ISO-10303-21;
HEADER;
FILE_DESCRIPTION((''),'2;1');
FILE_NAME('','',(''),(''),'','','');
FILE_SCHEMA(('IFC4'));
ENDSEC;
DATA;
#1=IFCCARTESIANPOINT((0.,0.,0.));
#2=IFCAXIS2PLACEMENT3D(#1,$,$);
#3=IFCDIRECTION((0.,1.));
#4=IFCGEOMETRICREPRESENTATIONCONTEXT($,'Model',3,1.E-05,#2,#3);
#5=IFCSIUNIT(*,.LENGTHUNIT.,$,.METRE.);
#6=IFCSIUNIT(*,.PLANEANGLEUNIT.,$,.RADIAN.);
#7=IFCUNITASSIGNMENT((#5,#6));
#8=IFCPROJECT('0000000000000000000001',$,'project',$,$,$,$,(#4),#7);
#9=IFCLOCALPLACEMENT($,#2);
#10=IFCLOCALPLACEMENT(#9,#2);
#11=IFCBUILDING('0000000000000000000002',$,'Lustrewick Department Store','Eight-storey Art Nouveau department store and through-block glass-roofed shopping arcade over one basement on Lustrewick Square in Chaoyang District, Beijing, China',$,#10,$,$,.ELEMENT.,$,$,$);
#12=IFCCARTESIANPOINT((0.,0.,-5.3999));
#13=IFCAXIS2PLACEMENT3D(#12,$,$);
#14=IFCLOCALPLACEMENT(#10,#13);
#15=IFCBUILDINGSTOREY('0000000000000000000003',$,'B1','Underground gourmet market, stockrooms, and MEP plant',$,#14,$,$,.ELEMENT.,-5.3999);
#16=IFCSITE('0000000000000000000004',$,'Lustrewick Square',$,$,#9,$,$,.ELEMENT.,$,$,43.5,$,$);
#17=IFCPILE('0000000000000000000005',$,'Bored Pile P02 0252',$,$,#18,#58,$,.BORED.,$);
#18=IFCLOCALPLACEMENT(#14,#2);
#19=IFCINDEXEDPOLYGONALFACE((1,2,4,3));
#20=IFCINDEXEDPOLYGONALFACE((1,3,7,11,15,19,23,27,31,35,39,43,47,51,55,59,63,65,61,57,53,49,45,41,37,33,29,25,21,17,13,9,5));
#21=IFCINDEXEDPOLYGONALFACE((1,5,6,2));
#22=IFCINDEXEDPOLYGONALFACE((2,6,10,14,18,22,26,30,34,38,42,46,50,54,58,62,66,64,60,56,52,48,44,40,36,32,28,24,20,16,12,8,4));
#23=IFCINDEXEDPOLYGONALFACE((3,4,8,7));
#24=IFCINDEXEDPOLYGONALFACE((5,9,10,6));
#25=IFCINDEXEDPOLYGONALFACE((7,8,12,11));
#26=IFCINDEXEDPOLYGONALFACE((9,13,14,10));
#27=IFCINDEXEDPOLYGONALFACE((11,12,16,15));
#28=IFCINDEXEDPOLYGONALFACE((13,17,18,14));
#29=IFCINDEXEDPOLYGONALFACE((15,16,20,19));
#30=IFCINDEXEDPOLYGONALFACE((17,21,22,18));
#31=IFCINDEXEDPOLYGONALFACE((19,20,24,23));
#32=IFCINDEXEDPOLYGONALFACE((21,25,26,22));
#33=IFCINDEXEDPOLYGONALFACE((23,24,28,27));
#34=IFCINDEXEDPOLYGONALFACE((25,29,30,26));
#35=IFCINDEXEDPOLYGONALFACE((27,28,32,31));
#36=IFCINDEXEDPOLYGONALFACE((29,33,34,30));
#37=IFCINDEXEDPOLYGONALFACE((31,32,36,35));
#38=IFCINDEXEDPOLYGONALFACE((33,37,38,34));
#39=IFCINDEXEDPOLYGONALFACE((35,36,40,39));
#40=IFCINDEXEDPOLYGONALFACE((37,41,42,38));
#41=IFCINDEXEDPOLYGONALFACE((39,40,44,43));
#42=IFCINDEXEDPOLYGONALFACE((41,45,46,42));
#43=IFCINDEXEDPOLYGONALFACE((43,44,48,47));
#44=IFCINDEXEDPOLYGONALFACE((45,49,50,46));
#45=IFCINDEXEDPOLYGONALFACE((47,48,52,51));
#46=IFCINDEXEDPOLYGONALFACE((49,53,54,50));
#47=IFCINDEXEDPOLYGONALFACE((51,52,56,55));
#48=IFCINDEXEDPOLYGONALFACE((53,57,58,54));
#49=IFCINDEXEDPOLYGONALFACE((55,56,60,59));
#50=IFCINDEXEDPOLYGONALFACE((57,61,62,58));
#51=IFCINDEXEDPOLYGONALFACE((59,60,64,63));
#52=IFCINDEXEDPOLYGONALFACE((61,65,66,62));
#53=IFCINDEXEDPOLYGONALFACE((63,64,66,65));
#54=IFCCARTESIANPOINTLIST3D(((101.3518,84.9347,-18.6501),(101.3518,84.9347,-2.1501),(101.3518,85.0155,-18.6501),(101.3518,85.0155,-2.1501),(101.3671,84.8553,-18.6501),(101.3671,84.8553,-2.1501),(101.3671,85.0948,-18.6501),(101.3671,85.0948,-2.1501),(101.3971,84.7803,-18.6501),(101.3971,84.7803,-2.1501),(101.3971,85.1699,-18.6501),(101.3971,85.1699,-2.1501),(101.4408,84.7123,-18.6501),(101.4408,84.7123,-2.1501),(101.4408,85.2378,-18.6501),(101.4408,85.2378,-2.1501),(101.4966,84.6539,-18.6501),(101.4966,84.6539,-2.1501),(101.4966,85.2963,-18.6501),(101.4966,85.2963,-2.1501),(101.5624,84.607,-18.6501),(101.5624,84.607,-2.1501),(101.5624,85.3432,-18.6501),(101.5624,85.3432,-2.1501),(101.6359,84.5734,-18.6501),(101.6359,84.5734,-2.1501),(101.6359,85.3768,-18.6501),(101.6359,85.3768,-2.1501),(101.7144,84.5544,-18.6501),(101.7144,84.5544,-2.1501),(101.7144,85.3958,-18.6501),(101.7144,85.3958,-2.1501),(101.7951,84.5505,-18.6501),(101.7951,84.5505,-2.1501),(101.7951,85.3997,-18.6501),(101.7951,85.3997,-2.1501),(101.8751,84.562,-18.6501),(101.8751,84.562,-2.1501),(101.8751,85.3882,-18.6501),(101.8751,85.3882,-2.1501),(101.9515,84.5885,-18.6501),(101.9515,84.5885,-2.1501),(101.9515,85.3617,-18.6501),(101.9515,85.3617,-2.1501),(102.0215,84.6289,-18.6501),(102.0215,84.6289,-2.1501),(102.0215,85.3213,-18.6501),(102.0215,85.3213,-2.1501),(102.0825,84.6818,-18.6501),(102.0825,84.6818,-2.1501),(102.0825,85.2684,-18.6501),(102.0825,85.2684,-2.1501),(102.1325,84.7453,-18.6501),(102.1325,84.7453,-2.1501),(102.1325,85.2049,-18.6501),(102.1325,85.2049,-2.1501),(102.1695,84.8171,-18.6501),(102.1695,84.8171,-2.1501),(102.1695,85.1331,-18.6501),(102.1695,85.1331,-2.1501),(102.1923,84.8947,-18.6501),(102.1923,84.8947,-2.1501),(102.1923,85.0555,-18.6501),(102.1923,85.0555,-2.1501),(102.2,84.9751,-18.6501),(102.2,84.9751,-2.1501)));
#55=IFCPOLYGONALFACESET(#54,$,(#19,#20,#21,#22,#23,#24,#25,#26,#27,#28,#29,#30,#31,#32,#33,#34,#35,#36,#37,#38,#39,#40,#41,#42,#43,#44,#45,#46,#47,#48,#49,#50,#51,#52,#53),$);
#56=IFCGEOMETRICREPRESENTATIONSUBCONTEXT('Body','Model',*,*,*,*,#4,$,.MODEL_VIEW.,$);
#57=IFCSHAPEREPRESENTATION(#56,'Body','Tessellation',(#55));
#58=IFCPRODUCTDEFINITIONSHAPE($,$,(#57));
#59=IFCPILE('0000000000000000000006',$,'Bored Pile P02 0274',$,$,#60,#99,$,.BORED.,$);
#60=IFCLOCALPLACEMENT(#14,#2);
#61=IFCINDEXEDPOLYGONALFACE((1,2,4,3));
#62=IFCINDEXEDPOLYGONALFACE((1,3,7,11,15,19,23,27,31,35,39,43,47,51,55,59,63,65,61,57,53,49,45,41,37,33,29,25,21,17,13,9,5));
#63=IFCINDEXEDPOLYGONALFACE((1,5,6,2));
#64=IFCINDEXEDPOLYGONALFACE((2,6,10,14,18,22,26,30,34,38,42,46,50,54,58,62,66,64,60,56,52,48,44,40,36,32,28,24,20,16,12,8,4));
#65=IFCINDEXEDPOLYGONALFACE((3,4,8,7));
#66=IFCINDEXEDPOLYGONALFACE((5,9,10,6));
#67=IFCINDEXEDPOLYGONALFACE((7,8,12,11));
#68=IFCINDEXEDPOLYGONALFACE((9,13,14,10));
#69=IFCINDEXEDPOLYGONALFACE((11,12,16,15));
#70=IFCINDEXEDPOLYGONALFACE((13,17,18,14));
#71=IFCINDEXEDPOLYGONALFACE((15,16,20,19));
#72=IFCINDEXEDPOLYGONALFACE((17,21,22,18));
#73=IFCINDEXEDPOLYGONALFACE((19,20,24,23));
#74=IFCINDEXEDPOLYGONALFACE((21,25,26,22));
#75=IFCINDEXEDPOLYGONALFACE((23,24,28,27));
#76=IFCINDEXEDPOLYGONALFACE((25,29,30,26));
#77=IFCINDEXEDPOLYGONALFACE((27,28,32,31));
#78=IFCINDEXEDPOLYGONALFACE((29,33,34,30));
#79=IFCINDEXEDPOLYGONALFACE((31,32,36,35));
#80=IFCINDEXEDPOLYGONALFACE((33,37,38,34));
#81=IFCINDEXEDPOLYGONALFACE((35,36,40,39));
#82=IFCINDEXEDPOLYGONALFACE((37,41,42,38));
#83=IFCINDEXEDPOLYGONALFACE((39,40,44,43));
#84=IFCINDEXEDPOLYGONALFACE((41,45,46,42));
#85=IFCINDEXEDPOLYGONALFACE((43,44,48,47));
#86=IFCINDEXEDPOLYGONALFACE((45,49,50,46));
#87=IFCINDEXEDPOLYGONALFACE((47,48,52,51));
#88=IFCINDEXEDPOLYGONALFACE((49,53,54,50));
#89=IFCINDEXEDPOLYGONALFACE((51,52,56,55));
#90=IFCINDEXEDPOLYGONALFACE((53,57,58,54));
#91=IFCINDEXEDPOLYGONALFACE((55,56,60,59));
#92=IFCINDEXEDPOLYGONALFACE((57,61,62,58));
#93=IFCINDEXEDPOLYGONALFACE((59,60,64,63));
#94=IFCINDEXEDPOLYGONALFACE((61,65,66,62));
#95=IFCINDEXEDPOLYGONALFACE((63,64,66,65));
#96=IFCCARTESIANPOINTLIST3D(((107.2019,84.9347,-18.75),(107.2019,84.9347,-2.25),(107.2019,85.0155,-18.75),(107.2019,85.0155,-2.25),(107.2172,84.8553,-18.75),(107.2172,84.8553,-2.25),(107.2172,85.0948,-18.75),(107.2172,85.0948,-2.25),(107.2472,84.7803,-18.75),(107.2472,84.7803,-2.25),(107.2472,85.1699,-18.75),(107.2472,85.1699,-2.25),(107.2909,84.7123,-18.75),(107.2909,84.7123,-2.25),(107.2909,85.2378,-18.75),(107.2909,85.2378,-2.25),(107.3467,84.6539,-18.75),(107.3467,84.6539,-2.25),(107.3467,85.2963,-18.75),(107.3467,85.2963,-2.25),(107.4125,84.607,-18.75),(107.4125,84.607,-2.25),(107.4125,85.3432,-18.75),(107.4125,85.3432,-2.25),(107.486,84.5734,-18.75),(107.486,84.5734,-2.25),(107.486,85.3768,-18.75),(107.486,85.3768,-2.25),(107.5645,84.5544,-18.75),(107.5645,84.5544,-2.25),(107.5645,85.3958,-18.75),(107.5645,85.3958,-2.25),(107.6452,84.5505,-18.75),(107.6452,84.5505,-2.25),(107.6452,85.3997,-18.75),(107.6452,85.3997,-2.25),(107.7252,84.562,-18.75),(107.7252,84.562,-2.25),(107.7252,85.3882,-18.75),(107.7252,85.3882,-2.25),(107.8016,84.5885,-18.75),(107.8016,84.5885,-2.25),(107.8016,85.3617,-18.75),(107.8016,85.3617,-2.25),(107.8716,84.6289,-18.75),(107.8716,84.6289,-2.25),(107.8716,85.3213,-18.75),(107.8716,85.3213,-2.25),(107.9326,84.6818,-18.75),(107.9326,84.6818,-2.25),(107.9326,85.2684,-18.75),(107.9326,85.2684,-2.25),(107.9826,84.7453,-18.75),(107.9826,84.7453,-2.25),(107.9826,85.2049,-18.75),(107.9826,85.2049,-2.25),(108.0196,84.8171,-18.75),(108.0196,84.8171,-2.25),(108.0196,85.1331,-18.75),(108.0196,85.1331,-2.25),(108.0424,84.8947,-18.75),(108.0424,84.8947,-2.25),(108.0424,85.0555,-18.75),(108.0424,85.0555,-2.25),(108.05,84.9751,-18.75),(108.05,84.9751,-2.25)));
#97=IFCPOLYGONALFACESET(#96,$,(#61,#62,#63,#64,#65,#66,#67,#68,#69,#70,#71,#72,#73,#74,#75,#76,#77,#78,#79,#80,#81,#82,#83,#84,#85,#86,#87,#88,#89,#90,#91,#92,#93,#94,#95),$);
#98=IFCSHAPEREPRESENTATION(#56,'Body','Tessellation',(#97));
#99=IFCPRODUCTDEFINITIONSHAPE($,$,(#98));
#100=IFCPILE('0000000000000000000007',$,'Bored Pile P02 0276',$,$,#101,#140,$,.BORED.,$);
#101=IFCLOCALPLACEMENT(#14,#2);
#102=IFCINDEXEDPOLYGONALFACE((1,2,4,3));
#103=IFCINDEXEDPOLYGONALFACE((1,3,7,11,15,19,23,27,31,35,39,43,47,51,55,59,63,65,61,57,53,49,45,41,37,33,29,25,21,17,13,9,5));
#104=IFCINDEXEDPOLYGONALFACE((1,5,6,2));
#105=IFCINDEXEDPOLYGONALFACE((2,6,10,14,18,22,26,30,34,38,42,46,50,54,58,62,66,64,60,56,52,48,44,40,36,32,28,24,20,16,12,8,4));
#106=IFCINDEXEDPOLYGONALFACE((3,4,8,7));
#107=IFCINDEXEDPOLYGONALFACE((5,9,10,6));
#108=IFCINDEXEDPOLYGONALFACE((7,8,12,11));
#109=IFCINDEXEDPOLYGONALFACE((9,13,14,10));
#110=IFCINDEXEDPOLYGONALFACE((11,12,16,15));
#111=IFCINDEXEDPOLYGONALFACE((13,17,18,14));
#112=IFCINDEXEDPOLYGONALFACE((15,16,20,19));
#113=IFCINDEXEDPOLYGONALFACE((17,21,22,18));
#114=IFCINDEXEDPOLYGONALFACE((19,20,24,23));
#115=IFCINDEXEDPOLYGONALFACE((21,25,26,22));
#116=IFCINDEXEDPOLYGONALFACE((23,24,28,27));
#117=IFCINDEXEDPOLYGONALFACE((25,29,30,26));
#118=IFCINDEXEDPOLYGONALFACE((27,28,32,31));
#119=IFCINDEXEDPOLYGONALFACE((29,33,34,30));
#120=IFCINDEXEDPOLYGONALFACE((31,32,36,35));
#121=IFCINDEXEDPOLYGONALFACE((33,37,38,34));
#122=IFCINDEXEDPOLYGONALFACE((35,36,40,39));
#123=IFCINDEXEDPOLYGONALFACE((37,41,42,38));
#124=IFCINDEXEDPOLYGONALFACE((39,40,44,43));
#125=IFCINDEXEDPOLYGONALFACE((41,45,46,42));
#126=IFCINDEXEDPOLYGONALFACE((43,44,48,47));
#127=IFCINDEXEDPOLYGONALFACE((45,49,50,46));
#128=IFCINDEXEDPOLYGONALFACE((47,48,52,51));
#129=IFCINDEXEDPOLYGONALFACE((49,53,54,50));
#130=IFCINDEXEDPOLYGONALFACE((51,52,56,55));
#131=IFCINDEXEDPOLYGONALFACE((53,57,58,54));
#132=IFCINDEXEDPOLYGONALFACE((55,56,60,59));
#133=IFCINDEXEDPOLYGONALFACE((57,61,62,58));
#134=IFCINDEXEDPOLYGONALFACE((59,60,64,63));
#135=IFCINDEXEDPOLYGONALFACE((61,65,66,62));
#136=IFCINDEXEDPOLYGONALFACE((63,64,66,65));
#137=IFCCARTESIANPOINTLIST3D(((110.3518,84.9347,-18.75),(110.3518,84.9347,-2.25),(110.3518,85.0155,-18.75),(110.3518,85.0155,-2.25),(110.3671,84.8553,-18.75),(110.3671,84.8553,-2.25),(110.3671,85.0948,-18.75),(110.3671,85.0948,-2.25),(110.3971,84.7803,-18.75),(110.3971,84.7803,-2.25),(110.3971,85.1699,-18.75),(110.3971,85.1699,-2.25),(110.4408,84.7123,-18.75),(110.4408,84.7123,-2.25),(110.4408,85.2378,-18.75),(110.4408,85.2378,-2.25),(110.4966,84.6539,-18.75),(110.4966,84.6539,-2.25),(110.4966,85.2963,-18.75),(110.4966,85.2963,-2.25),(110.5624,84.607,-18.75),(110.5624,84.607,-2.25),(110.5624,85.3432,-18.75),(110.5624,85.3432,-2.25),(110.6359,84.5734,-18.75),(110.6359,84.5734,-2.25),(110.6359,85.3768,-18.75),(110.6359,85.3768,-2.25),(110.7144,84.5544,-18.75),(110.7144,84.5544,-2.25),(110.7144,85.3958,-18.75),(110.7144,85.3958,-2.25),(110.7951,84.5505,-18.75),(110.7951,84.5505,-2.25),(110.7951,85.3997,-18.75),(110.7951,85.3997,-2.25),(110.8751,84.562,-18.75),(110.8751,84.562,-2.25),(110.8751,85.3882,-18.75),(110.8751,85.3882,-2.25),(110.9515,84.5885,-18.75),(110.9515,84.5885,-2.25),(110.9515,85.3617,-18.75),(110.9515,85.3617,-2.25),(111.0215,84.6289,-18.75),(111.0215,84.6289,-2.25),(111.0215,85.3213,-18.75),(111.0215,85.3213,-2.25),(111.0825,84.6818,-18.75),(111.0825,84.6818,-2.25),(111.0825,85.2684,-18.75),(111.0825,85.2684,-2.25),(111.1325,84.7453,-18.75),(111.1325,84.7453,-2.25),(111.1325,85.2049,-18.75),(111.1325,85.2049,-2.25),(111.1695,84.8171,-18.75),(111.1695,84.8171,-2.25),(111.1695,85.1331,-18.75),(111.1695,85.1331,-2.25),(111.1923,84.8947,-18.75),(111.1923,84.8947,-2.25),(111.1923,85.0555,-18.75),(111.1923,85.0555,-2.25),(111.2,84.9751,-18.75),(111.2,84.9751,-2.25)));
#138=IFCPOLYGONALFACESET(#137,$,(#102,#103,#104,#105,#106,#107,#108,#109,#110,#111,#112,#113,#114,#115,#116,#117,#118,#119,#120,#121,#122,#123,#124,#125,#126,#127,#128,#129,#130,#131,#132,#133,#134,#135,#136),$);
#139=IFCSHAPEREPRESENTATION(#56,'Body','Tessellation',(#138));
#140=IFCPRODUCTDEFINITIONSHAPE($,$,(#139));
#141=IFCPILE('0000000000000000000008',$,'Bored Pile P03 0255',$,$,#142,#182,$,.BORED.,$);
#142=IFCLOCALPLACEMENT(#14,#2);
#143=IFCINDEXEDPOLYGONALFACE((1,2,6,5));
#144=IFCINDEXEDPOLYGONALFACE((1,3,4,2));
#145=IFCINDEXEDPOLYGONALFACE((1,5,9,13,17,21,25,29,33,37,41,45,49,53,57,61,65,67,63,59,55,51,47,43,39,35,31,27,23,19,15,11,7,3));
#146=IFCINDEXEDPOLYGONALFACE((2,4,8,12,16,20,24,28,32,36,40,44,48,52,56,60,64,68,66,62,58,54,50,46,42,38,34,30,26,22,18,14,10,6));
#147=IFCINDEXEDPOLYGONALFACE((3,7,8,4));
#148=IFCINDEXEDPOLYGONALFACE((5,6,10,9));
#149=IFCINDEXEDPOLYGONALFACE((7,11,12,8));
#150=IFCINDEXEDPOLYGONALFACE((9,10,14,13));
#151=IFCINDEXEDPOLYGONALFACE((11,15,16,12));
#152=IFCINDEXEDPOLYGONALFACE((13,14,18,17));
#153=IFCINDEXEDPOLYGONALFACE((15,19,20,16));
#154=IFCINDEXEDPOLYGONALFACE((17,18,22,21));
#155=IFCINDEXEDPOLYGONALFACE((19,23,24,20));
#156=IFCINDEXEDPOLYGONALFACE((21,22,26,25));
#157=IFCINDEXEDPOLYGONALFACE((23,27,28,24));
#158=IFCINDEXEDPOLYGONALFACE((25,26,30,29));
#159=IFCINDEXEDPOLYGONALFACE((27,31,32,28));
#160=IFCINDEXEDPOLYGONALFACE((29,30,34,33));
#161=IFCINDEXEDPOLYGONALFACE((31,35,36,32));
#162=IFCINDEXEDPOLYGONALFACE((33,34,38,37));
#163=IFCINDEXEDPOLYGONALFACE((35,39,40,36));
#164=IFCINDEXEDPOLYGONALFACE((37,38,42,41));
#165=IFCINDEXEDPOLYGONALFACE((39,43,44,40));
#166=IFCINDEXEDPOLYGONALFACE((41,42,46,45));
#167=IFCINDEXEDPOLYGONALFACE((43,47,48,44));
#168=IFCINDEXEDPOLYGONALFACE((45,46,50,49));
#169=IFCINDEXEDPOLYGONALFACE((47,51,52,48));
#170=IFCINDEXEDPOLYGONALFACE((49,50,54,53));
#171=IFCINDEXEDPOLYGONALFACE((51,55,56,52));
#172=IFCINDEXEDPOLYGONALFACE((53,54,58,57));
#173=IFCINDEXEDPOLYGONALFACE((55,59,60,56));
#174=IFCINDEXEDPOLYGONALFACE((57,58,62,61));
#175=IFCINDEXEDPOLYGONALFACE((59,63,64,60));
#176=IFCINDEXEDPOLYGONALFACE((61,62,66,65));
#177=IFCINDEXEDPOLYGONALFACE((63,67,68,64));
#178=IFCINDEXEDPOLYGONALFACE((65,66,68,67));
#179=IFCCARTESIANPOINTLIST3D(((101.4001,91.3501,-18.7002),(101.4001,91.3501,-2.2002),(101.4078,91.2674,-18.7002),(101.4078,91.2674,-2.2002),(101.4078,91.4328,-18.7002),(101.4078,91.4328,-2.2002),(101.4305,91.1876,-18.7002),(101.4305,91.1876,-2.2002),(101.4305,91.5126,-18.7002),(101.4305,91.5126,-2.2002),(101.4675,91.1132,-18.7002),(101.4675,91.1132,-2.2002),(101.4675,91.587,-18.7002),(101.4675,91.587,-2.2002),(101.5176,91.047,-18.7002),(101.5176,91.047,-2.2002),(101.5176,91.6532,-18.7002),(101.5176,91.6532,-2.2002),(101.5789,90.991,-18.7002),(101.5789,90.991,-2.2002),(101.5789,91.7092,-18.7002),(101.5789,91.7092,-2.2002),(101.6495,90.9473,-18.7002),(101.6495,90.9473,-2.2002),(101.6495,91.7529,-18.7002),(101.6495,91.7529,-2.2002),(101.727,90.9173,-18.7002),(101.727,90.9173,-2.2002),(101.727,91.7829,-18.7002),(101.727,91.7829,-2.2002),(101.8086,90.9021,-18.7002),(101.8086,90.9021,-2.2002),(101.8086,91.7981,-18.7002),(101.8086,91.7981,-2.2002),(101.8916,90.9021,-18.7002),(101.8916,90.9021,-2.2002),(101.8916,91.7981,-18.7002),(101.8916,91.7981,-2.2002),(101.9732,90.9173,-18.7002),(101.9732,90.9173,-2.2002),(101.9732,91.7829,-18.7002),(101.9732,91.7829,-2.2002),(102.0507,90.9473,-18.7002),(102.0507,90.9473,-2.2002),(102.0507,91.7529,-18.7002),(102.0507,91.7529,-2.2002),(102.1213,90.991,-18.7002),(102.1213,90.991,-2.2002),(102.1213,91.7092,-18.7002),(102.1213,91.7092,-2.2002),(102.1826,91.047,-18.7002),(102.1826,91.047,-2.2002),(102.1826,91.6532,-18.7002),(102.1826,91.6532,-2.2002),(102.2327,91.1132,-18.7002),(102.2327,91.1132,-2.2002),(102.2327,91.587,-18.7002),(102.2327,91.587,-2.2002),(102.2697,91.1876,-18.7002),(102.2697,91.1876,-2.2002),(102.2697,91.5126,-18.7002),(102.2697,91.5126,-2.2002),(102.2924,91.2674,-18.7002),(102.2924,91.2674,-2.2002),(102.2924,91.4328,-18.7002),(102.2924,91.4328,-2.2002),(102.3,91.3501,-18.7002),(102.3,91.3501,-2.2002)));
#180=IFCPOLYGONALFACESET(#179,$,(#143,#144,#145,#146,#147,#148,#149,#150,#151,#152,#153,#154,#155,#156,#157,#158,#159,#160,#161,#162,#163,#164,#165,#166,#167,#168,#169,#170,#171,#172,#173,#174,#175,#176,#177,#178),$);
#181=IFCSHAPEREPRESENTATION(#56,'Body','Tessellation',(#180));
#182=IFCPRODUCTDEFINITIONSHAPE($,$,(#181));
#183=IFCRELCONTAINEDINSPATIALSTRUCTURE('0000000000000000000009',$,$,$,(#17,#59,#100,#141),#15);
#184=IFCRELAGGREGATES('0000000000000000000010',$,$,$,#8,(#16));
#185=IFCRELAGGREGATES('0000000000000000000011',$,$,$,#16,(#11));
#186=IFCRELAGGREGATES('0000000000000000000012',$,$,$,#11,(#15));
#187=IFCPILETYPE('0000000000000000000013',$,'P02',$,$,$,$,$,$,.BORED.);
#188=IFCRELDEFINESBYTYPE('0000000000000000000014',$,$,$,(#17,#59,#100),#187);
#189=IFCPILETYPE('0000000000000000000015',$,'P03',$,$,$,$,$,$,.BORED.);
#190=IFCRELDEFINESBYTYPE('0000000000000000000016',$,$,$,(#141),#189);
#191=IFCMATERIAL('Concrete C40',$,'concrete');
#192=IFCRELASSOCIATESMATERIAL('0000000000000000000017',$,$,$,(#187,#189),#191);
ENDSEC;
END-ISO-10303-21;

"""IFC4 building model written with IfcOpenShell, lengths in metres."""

from ifc_helpers import new_model, si_unit, direction, frame, origin, origin_2d, place, context, subcontext, project, spatial, circle, extrude, material, material_profile, profile_set, type_object, element, save


model = new_model("IFC4")

# Units and contexts
model_context = context("Model", 3, precision=1e-05, world=origin(), true_north=direction((0.0, 1.0)))
body_context = subcontext(model_context, "Body", "Model", "MODEL_VIEW")
ifc_project = project(units=[si_unit("LENGTHUNIT", "METRE"), si_unit("PLANEANGLEUNIT", "RADIAN")], contexts=[model_context])

# Site, building, storey
site_placement = place(None, origin())
site = spatial("IfcSite", under=ifc_project, at=site_placement, Name="Lustrewick Square", CompositionType="ELEMENT", RefElevation=43.5)
building_placement = place(site_placement, origin())
building = spatial("IfcBuilding", under=site, at=building_placement, Name="Lustrewick Department Store", Description="Eight-storey Art Nouveau department store and through-block glass-roofed shopping arcade over one basement on Lustrewick Square in Chaoyang District, Beijing, China", CompositionType="ELEMENT")
storey_placement = place(building_placement, frame((0.0, 0.0, -5.3999)))
storey = spatial("IfcBuildingStorey", under=building, at=storey_placement, Name="B1", Description="Underground gourmet market, stockrooms, and MEP plant", CompositionType="ELEMENT", Elevation=-5.3999)

# Piles
ifc_material_1 = material(Name="Concrete C40", Category="concrete")
ifc_material_profile_1 = material_profile(ifc_material_1, circle(Radius=0.425, at=origin_2d()), Name="PILE D850")
ifc_profile_set_1 = profile_set([ifc_material_profile_1], Name="Concrete C40")
pile_type_1 = type_object("IfcPileType", Name="P02", PredefinedType="BORED", material=ifc_profile_set_1)
for number, where, z_axis, x_axis, name in (
    (1, (101.7749, 84.9751, -2.1501), (0.0, 0.0, -1.0), (1.0, 0.0, 0.0), "Bored Pile P02 0252"),
    (2, (107.625, 84.9751, -2.25), (0.0, 0.0, -1.0), (1.0, 0.0, 0.0), "Bored Pile P02 0274"),
    (3, (110.7749, 84.9751, -2.25), (0.0, 0.0, -1.0), (1.0, 0.0, 0.0), "Bored Pile P02 0276"),
):
    element("IfcPile", number, at=place(storey_placement, frame(where, z_axis=z_axis, x_axis=x_axis)), inside=storey, type_object=pile_type_1, Name=name, PredefinedType="BORED", context=body_context, shape_type="SweptSolid", body=[
        extrude(circle(Radius=0.425, at=origin_2d()), origin(), (0.0, 0.0, 1.0), 16.5),
    ])
ifc_material_profile_2 = material_profile(ifc_material_1, circle(Radius=0.45, at=origin_2d()), Name="PILE D900")
ifc_profile_set_2 = profile_set([ifc_material_profile_2], Name="Concrete C40")
pile_type_2 = type_object("IfcPileType", Name="P03", PredefinedType="BORED", material=ifc_profile_set_2)
for number, where, z_axis, x_axis, name in (
    (4, (101.8501, 91.3501, -2.2002), (0.0, 0.0, -1.0), (1.0, 0.0, 0.0), "Bored Pile P03 0255"),
):
    element("IfcPile", number, at=place(storey_placement, frame(where, z_axis=z_axis, x_axis=x_axis)), inside=storey, type_object=pile_type_2, Name=name, PredefinedType="BORED", context=body_context, shape_type="SweptSolid", body=[
        extrude(circle(Radius=0.45, at=origin_2d()), origin(), (0.0, 0.0, 1.0), 16.5),
    ])

save(model, "model.ifc")
